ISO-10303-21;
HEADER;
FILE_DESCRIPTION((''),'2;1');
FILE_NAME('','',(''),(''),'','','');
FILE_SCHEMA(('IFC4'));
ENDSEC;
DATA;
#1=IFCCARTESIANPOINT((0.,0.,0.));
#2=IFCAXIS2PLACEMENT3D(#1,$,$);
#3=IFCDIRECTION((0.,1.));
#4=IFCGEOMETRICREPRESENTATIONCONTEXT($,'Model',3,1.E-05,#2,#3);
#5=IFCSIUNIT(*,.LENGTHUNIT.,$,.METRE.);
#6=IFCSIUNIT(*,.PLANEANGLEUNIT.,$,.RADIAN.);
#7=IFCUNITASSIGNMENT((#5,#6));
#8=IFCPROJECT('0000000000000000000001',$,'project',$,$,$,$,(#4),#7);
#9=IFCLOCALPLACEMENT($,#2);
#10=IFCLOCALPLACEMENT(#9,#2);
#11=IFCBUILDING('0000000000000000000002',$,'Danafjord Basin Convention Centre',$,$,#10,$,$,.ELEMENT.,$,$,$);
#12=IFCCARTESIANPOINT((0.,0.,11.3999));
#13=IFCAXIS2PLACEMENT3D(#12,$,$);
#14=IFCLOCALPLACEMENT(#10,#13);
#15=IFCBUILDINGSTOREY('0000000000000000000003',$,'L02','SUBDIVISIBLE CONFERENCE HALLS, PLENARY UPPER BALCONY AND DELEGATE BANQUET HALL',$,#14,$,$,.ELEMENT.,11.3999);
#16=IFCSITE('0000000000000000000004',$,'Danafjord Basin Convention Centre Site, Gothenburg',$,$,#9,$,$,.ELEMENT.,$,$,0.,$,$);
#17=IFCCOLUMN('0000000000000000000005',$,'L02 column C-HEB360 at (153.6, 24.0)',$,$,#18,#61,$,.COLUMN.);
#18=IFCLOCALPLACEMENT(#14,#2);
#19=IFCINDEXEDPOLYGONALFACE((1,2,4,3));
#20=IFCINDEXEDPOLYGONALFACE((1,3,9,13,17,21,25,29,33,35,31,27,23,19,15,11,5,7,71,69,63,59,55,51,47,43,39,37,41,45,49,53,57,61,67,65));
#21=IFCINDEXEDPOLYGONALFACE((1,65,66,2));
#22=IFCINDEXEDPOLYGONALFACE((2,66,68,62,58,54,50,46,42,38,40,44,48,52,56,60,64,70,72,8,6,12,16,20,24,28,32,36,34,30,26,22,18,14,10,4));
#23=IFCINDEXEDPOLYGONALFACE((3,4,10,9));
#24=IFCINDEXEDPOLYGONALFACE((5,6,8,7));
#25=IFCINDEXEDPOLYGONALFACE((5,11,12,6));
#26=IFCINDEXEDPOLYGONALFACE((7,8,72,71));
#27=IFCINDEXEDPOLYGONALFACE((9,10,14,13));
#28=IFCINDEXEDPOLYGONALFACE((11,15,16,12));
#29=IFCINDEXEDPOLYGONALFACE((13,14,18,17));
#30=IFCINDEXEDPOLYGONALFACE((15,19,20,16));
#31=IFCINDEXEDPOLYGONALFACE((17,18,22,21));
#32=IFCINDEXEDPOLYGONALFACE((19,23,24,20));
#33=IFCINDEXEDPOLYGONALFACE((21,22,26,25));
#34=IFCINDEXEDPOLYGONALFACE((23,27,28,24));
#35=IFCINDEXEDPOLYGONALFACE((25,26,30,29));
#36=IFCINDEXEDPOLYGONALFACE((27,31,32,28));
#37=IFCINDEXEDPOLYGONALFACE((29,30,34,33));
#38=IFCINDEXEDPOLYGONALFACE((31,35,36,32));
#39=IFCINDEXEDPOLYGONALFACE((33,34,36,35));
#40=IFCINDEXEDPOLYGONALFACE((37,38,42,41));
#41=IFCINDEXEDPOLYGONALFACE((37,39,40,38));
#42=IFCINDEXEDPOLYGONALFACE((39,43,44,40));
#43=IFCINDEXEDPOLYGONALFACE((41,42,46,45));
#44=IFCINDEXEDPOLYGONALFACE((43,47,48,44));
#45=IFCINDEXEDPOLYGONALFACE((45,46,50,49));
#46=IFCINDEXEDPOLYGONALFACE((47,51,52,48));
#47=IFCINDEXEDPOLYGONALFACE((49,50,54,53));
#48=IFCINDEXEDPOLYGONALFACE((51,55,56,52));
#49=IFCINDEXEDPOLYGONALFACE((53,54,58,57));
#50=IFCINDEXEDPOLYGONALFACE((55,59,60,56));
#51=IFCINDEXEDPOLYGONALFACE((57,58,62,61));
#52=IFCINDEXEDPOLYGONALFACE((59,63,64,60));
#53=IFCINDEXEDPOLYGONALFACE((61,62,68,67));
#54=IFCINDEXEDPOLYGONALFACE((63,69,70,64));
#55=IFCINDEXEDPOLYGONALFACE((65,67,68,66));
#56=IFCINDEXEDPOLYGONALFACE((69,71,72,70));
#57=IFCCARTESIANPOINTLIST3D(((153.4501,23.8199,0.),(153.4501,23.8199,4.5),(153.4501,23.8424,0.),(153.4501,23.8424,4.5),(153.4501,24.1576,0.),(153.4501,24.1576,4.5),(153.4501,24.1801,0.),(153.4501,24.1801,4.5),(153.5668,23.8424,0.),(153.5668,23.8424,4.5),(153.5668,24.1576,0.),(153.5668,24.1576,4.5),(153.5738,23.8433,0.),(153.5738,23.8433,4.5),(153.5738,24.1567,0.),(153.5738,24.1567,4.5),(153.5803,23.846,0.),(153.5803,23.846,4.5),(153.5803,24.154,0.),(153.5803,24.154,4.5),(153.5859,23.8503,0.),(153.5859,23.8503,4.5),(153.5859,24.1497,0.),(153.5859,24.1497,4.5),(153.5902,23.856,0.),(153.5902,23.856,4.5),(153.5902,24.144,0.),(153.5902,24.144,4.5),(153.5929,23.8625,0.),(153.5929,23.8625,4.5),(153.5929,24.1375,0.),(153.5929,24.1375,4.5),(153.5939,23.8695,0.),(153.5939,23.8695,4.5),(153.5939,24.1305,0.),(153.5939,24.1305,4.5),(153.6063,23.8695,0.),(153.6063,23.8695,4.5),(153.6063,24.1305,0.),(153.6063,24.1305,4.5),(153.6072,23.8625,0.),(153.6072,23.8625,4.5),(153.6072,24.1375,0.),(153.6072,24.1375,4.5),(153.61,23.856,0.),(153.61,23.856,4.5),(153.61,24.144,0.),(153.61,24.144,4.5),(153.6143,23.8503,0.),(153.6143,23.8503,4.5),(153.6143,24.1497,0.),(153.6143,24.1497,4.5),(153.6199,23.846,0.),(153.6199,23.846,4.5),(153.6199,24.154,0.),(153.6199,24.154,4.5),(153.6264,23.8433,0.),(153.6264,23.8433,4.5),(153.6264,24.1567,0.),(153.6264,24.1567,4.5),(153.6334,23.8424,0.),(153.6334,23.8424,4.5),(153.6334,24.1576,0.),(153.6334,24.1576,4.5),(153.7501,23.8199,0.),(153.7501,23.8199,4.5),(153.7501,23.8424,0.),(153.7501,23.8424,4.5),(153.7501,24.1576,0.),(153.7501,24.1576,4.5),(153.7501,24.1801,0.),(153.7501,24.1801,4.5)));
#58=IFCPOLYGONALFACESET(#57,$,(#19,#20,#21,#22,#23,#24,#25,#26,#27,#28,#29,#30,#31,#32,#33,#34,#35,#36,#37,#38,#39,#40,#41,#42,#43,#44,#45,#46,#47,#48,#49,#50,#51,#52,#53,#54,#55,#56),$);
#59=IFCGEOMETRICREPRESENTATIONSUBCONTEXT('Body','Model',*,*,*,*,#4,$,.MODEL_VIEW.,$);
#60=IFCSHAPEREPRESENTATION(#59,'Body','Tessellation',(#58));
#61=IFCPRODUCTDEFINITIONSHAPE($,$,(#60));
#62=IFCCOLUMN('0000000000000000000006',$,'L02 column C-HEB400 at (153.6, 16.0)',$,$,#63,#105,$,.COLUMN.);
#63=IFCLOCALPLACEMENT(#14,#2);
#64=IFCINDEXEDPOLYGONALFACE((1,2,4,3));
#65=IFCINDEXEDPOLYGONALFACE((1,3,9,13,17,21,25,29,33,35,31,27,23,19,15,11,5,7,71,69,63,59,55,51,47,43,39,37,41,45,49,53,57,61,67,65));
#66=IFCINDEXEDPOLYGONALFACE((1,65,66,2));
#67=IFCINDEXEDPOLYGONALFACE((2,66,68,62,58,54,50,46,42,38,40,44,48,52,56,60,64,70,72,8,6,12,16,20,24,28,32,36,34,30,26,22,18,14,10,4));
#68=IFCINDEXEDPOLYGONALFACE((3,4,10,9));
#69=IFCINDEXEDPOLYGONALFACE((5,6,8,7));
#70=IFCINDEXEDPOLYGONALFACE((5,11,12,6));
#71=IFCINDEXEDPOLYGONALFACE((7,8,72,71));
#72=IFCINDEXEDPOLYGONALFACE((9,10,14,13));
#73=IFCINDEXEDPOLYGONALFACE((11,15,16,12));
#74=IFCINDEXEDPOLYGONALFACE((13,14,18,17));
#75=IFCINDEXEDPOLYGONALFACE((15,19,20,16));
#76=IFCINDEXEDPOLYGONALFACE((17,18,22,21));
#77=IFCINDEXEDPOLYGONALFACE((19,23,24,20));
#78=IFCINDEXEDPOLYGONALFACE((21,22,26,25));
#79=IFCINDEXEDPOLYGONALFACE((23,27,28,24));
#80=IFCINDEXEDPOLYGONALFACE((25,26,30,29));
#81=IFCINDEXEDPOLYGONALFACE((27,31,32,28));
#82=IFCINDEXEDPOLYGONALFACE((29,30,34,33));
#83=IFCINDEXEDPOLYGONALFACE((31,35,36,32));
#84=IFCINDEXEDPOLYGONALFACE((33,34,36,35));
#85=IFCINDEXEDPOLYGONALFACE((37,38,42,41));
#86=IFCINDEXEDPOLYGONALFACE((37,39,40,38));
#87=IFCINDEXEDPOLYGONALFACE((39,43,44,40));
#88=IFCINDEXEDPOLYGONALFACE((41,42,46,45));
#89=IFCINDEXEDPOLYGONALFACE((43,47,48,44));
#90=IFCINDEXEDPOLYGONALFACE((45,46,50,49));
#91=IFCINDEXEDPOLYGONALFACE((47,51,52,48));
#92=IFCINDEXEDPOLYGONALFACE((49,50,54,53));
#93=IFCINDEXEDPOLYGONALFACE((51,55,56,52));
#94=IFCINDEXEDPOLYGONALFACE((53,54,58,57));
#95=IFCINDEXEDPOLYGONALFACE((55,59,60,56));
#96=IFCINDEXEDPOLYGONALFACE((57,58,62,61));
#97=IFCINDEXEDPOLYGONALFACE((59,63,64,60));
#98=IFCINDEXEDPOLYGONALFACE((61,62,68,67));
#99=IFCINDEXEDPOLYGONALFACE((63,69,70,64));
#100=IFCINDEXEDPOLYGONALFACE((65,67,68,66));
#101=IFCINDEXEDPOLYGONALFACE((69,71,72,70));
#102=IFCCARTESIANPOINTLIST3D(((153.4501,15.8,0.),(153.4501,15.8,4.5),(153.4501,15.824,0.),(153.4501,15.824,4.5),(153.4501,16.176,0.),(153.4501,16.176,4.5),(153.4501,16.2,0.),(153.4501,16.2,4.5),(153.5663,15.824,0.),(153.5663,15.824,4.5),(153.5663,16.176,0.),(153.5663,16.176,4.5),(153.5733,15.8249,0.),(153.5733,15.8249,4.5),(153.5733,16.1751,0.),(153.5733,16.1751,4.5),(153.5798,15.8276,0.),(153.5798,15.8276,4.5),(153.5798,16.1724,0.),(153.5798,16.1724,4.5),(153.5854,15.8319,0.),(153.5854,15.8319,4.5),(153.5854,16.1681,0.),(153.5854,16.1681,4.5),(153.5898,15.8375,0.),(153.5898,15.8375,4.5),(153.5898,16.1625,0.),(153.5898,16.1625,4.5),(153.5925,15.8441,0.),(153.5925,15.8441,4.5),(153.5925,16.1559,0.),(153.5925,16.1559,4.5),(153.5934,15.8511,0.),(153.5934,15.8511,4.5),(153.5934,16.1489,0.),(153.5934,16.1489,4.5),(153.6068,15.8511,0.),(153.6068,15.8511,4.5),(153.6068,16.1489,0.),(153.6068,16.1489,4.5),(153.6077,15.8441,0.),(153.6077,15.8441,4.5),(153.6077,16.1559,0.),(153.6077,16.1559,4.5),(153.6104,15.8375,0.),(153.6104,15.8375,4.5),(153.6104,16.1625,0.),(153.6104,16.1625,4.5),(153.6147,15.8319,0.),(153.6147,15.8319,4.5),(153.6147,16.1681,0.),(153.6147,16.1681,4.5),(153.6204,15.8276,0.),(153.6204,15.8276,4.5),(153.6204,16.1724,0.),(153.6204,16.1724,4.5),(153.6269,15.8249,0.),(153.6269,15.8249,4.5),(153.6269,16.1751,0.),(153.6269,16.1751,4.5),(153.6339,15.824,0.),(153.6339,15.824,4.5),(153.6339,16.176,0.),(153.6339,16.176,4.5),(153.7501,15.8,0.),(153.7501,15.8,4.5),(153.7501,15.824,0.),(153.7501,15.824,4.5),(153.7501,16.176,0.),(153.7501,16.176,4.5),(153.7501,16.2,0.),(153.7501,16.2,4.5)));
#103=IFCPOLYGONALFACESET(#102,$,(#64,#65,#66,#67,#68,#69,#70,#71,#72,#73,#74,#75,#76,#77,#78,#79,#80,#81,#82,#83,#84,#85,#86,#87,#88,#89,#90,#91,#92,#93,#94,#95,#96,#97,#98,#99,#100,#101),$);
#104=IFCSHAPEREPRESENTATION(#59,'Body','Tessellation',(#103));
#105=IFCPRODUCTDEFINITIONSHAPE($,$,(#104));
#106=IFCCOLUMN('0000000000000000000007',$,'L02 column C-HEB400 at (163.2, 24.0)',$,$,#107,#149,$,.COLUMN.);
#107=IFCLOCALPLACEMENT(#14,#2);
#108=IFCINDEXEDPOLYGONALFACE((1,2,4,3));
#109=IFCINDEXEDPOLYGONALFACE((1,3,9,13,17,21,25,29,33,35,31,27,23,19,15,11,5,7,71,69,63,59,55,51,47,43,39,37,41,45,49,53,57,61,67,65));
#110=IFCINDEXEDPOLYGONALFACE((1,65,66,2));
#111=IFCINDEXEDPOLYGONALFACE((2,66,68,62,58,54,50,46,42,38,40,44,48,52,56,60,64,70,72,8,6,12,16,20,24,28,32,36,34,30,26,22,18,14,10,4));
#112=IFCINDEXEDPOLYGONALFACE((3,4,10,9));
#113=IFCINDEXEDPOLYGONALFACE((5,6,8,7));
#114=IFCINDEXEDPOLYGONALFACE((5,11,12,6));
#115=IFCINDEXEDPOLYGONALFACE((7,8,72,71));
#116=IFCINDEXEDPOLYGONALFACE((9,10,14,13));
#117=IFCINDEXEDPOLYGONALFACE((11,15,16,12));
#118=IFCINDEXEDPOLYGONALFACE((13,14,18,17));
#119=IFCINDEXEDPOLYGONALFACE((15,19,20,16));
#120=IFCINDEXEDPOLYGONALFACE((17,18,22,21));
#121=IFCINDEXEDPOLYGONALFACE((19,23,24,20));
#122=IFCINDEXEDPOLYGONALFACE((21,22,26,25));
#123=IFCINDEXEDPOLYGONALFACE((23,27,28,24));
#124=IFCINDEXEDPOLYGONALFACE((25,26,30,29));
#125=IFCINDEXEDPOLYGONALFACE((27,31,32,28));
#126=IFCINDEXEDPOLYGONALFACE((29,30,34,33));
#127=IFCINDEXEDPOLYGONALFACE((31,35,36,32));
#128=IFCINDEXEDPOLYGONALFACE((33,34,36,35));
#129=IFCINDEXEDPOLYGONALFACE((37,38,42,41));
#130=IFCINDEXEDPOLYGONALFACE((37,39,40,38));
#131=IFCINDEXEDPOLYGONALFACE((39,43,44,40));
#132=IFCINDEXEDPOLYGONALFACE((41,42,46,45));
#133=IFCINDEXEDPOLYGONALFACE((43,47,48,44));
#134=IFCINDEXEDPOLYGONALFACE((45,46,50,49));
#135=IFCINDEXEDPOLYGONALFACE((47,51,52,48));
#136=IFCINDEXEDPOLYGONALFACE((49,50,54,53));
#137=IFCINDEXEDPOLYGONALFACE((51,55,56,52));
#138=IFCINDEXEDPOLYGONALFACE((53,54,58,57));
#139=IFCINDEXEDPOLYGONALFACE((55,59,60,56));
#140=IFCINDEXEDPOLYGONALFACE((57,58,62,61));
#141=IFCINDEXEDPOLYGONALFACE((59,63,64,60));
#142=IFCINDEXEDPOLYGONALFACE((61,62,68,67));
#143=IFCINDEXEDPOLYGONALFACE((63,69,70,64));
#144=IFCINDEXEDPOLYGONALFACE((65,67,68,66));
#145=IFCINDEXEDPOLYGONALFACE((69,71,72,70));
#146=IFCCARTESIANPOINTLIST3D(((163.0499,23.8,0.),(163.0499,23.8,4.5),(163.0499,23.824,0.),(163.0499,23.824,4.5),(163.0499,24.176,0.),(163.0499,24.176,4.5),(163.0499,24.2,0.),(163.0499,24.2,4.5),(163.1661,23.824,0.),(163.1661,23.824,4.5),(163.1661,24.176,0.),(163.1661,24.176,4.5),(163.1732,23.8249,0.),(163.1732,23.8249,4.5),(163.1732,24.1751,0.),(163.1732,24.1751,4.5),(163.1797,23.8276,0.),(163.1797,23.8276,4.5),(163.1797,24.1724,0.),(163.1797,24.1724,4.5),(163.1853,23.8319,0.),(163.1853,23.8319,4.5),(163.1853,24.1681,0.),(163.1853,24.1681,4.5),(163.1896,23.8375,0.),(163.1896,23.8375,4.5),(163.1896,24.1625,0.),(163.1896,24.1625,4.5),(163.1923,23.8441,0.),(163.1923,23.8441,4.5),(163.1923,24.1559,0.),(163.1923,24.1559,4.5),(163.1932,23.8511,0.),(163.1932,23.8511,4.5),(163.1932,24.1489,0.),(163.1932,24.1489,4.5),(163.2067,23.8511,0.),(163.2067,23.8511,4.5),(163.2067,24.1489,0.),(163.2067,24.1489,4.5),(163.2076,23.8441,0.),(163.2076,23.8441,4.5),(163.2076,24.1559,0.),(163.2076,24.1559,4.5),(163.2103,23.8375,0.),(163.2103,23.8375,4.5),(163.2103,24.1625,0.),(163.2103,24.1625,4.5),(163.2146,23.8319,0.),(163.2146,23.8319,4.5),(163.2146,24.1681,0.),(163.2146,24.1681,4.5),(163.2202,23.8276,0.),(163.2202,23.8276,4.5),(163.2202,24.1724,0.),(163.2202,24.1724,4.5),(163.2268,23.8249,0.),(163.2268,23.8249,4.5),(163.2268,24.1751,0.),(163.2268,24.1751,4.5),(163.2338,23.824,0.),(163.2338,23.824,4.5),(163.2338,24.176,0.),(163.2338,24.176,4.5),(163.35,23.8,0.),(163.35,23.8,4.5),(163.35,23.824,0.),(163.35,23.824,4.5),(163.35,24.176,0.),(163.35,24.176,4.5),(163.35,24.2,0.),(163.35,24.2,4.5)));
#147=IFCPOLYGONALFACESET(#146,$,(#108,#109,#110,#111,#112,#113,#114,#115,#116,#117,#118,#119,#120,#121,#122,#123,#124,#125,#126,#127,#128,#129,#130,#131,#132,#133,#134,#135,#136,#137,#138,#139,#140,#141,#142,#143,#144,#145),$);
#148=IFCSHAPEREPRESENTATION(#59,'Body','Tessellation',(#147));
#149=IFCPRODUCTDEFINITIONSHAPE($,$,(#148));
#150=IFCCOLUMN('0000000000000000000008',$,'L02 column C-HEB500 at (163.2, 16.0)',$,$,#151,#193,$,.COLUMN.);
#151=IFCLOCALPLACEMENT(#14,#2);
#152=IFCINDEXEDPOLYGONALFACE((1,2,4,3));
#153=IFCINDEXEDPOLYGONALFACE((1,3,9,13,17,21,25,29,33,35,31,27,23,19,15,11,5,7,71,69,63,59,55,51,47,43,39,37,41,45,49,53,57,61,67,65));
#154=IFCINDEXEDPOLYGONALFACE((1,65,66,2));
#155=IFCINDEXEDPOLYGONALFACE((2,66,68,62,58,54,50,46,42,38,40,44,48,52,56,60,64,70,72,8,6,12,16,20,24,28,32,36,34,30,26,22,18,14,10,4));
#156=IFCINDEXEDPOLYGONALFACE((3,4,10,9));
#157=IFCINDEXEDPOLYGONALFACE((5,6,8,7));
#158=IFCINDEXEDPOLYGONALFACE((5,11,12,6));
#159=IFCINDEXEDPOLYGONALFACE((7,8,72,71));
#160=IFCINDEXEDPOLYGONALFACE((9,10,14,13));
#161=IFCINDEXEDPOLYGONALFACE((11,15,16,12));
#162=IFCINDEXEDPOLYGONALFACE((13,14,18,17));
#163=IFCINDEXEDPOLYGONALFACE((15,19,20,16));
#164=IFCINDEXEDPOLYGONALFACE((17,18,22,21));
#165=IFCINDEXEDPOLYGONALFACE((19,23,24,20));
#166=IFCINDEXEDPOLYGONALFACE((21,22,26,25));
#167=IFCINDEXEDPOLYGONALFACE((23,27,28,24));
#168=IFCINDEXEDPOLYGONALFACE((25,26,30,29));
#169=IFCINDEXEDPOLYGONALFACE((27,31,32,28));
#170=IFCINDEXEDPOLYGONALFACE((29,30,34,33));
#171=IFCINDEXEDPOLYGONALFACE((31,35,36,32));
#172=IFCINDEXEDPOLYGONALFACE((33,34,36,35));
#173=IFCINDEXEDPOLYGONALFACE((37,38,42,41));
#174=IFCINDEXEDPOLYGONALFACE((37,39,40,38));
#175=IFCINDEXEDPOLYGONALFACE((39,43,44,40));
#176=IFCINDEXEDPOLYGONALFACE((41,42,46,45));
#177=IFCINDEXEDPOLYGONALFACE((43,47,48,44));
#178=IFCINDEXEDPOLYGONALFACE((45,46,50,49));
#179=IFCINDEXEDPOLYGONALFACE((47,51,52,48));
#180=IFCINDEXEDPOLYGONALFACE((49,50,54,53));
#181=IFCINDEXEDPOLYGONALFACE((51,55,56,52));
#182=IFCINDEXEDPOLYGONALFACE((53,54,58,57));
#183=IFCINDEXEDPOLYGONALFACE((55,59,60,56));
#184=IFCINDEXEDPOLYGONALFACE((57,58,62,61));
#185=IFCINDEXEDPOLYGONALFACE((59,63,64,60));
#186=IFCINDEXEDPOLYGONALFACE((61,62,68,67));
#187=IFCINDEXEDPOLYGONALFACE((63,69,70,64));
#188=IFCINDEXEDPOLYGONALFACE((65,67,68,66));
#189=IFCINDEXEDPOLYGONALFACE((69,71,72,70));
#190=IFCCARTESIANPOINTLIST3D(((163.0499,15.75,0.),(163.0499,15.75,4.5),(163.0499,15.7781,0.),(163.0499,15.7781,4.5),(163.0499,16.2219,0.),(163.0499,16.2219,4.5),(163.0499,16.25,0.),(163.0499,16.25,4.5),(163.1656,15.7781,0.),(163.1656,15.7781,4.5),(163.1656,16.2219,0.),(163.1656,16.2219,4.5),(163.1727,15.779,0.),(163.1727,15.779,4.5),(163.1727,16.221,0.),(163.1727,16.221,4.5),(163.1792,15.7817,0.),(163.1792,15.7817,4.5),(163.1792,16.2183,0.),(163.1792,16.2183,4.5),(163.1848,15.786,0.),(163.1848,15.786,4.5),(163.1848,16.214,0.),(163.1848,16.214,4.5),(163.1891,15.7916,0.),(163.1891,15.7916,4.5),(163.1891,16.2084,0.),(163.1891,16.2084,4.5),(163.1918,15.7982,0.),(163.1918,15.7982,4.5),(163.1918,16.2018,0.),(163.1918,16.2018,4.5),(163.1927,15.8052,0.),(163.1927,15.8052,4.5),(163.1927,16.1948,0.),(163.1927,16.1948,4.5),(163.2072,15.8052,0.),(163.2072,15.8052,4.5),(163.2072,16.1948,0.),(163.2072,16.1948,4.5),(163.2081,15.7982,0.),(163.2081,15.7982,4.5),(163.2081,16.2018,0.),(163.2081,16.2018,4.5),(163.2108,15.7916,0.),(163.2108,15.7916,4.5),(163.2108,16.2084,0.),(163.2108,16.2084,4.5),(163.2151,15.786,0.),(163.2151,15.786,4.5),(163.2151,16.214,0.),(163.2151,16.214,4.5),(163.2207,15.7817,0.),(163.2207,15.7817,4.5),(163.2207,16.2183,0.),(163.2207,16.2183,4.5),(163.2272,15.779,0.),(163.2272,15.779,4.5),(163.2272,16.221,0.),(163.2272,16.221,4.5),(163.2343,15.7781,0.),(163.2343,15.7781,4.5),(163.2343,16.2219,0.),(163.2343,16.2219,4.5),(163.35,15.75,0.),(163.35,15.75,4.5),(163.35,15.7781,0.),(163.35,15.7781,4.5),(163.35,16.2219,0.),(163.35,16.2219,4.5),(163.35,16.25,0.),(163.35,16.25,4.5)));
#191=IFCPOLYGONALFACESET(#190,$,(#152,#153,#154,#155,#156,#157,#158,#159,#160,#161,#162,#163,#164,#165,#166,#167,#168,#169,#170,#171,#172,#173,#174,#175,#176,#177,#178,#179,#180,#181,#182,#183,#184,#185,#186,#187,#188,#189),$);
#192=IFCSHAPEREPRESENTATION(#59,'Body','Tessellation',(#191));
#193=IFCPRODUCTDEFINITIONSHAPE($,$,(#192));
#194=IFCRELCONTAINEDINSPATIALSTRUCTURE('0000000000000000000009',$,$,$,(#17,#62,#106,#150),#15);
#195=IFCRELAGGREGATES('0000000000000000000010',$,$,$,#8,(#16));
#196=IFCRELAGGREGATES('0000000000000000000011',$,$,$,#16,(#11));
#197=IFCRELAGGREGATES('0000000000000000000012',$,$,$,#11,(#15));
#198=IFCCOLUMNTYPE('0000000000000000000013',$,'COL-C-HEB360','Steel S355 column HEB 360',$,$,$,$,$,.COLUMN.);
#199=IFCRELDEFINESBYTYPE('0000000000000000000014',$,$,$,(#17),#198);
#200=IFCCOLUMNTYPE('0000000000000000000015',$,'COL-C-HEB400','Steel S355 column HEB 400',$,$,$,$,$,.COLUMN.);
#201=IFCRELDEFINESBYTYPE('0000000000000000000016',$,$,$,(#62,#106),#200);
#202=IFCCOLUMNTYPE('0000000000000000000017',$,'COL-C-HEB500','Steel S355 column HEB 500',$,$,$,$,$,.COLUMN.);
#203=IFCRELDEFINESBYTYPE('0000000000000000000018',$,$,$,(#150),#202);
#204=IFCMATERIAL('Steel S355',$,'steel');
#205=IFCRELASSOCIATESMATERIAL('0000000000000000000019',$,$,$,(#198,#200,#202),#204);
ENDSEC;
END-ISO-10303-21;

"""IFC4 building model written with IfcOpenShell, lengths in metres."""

from ifc_helpers import new_model, si_unit, direction, frame, origin, origin_2d, place, context, subcontext, project, spatial, i_section, extrude, material, material_profile, profile_set, type_object, element, save


model = new_model("IFC4")

# Units and contexts
model_context = context("Model", 3, precision=1e-05, world=origin(), true_north=direction((0.0, 1.0)))
body_context = subcontext(model_context, "Body", "Model", "MODEL_VIEW")
ifc_project = project(units=[si_unit("LENGTHUNIT", "METRE"), si_unit("PLANEANGLEUNIT", "RADIAN")], contexts=[model_context])

# Site, building, storey
site_placement = place(None, origin())
site = spatial("IfcSite", under=ifc_project, at=site_placement, Name="Danafjord Basin Convention Centre Site, Gothenburg", CompositionType="ELEMENT", RefElevation=0.0)
building_placement = place(site_placement, origin())
building = spatial("IfcBuilding", under=site, at=building_placement, Name="Danafjord Basin Convention Centre", CompositionType="ELEMENT")
storey_placement = place(building_placement, frame((0.0, 0.0, 11.3999)))
storey = spatial("IfcBuildingStorey", under=building, at=storey_placement, Name="L02", Description="SUBDIVISIBLE CONFERENCE HALLS, PLENARY UPPER BALCONY AND DELEGATE BANQUET HALL", CompositionType="ELEMENT", Elevation=11.3999)

# Columns
ifc_material_1 = material(Name="Steel S355", Category="steel")
ifc_material_profile_1 = material_profile(ifc_material_1, i_section(OverallWidth=0.3, OverallDepth=0.3601, WebThickness=0.0125, FlangeThickness=0.0225, FilletRadius=0.0271, at=origin_2d()), Name="HEB 360")
ifc_profile_set_1 = profile_set([ifc_material_profile_1], Name="Steel S355")
column_type_1 = type_object("IfcColumnType", Name="COL-C-HEB360", Description="Steel S355 column HEB 360", PredefinedType="COLUMN", material=ifc_profile_set_1)
column_1_placement = place(storey_placement, frame((153.6001, 24.0, 0.0), z_axis=(0.0, 0.0, 1.0), x_axis=(1.0, 0.0, 0.0)))
element("IfcColumn", 1, at=column_1_placement, inside=storey, type_object=column_type_1, Name="L02 column C-HEB360 at (153.6, 24.0)", PredefinedType="COLUMN", context=body_context, shape_type="SweptSolid", body=[
    extrude(i_section(OverallWidth=0.3, OverallDepth=0.3601, WebThickness=0.0125, FlangeThickness=0.0225, FilletRadius=0.0271, at=origin_2d()), origin(), (0.0, 0.0, 1.0), 4.5),
])
ifc_material_profile_2 = material_profile(ifc_material_1, i_section(OverallWidth=0.3, OverallDepth=0.3999, WebThickness=0.0134, FlangeThickness=0.0239, FilletRadius=0.0271, at=origin_2d()), Name="HEB 400")
ifc_profile_set_2 = profile_set([ifc_material_profile_2], Name="Steel S355")
column_type_2 = type_object("IfcColumnType", Name="COL-C-HEB400", Description="Steel S355 column HEB 400", PredefinedType="COLUMN", material=ifc_profile_set_2)
for number, where, z_axis, x_axis, name in (
    (2, (153.6001, 16.0, 0.0), (0.0, 0.0, 1.0), (1.0, 0.0, 0.0), "L02 column C-HEB400 at (153.6, 16.0)"),
    (3, (163.2, 24.0, 0.0), (0.0, 0.0, 1.0), (1.0, 0.0, 0.0), "L02 column C-HEB400 at (163.2, 24.0)"),
):
    element("IfcColumn", number, at=place(storey_placement, frame(where, z_axis=z_axis, x_axis=x_axis)), inside=storey, type_object=column_type_2, Name=name, PredefinedType="COLUMN", context=body_context, shape_type="SweptSolid", body=[
        extrude(i_section(OverallWidth=0.3, OverallDepth=0.3999, WebThickness=0.0134, FlangeThickness=0.0239, FilletRadius=0.0271, at=origin_2d()), origin(), (0.0, 0.0, 1.0), 4.5),
    ])
ifc_material_profile_3 = material_profile(ifc_material_1, i_section(OverallWidth=0.3, OverallDepth=0.5, WebThickness=0.0144, FlangeThickness=0.0281, FilletRadius=0.0271, at=origin_2d()), Name="HEB 500")
ifc_profile_set_3 = profile_set([ifc_material_profile_3], Name="Steel S355")
column_type_3 = type_object("IfcColumnType", Name="COL-C-HEB500", Description="Steel S355 column HEB 500", PredefinedType="COLUMN", material=ifc_profile_set_3)
column_2_placement = place(storey_placement, frame((163.2, 16.0, 0.0), z_axis=(0.0, 0.0, 1.0), x_axis=(1.0, 0.0, 0.0)))
element("IfcColumn", 4, at=column_2_placement, inside=storey, type_object=column_type_3, Name="L02 column C-HEB500 at (163.2, 16.0)", PredefinedType="COLUMN", context=body_context, shape_type="SweptSolid", body=[
    extrude(i_section(OverallWidth=0.3, OverallDepth=0.5, WebThickness=0.0144, FlangeThickness=0.0281, FilletRadius=0.0271, at=origin_2d()), origin(), (0.0, 0.0, 1.0), 4.5),
])

save(model, "model.ifc")
